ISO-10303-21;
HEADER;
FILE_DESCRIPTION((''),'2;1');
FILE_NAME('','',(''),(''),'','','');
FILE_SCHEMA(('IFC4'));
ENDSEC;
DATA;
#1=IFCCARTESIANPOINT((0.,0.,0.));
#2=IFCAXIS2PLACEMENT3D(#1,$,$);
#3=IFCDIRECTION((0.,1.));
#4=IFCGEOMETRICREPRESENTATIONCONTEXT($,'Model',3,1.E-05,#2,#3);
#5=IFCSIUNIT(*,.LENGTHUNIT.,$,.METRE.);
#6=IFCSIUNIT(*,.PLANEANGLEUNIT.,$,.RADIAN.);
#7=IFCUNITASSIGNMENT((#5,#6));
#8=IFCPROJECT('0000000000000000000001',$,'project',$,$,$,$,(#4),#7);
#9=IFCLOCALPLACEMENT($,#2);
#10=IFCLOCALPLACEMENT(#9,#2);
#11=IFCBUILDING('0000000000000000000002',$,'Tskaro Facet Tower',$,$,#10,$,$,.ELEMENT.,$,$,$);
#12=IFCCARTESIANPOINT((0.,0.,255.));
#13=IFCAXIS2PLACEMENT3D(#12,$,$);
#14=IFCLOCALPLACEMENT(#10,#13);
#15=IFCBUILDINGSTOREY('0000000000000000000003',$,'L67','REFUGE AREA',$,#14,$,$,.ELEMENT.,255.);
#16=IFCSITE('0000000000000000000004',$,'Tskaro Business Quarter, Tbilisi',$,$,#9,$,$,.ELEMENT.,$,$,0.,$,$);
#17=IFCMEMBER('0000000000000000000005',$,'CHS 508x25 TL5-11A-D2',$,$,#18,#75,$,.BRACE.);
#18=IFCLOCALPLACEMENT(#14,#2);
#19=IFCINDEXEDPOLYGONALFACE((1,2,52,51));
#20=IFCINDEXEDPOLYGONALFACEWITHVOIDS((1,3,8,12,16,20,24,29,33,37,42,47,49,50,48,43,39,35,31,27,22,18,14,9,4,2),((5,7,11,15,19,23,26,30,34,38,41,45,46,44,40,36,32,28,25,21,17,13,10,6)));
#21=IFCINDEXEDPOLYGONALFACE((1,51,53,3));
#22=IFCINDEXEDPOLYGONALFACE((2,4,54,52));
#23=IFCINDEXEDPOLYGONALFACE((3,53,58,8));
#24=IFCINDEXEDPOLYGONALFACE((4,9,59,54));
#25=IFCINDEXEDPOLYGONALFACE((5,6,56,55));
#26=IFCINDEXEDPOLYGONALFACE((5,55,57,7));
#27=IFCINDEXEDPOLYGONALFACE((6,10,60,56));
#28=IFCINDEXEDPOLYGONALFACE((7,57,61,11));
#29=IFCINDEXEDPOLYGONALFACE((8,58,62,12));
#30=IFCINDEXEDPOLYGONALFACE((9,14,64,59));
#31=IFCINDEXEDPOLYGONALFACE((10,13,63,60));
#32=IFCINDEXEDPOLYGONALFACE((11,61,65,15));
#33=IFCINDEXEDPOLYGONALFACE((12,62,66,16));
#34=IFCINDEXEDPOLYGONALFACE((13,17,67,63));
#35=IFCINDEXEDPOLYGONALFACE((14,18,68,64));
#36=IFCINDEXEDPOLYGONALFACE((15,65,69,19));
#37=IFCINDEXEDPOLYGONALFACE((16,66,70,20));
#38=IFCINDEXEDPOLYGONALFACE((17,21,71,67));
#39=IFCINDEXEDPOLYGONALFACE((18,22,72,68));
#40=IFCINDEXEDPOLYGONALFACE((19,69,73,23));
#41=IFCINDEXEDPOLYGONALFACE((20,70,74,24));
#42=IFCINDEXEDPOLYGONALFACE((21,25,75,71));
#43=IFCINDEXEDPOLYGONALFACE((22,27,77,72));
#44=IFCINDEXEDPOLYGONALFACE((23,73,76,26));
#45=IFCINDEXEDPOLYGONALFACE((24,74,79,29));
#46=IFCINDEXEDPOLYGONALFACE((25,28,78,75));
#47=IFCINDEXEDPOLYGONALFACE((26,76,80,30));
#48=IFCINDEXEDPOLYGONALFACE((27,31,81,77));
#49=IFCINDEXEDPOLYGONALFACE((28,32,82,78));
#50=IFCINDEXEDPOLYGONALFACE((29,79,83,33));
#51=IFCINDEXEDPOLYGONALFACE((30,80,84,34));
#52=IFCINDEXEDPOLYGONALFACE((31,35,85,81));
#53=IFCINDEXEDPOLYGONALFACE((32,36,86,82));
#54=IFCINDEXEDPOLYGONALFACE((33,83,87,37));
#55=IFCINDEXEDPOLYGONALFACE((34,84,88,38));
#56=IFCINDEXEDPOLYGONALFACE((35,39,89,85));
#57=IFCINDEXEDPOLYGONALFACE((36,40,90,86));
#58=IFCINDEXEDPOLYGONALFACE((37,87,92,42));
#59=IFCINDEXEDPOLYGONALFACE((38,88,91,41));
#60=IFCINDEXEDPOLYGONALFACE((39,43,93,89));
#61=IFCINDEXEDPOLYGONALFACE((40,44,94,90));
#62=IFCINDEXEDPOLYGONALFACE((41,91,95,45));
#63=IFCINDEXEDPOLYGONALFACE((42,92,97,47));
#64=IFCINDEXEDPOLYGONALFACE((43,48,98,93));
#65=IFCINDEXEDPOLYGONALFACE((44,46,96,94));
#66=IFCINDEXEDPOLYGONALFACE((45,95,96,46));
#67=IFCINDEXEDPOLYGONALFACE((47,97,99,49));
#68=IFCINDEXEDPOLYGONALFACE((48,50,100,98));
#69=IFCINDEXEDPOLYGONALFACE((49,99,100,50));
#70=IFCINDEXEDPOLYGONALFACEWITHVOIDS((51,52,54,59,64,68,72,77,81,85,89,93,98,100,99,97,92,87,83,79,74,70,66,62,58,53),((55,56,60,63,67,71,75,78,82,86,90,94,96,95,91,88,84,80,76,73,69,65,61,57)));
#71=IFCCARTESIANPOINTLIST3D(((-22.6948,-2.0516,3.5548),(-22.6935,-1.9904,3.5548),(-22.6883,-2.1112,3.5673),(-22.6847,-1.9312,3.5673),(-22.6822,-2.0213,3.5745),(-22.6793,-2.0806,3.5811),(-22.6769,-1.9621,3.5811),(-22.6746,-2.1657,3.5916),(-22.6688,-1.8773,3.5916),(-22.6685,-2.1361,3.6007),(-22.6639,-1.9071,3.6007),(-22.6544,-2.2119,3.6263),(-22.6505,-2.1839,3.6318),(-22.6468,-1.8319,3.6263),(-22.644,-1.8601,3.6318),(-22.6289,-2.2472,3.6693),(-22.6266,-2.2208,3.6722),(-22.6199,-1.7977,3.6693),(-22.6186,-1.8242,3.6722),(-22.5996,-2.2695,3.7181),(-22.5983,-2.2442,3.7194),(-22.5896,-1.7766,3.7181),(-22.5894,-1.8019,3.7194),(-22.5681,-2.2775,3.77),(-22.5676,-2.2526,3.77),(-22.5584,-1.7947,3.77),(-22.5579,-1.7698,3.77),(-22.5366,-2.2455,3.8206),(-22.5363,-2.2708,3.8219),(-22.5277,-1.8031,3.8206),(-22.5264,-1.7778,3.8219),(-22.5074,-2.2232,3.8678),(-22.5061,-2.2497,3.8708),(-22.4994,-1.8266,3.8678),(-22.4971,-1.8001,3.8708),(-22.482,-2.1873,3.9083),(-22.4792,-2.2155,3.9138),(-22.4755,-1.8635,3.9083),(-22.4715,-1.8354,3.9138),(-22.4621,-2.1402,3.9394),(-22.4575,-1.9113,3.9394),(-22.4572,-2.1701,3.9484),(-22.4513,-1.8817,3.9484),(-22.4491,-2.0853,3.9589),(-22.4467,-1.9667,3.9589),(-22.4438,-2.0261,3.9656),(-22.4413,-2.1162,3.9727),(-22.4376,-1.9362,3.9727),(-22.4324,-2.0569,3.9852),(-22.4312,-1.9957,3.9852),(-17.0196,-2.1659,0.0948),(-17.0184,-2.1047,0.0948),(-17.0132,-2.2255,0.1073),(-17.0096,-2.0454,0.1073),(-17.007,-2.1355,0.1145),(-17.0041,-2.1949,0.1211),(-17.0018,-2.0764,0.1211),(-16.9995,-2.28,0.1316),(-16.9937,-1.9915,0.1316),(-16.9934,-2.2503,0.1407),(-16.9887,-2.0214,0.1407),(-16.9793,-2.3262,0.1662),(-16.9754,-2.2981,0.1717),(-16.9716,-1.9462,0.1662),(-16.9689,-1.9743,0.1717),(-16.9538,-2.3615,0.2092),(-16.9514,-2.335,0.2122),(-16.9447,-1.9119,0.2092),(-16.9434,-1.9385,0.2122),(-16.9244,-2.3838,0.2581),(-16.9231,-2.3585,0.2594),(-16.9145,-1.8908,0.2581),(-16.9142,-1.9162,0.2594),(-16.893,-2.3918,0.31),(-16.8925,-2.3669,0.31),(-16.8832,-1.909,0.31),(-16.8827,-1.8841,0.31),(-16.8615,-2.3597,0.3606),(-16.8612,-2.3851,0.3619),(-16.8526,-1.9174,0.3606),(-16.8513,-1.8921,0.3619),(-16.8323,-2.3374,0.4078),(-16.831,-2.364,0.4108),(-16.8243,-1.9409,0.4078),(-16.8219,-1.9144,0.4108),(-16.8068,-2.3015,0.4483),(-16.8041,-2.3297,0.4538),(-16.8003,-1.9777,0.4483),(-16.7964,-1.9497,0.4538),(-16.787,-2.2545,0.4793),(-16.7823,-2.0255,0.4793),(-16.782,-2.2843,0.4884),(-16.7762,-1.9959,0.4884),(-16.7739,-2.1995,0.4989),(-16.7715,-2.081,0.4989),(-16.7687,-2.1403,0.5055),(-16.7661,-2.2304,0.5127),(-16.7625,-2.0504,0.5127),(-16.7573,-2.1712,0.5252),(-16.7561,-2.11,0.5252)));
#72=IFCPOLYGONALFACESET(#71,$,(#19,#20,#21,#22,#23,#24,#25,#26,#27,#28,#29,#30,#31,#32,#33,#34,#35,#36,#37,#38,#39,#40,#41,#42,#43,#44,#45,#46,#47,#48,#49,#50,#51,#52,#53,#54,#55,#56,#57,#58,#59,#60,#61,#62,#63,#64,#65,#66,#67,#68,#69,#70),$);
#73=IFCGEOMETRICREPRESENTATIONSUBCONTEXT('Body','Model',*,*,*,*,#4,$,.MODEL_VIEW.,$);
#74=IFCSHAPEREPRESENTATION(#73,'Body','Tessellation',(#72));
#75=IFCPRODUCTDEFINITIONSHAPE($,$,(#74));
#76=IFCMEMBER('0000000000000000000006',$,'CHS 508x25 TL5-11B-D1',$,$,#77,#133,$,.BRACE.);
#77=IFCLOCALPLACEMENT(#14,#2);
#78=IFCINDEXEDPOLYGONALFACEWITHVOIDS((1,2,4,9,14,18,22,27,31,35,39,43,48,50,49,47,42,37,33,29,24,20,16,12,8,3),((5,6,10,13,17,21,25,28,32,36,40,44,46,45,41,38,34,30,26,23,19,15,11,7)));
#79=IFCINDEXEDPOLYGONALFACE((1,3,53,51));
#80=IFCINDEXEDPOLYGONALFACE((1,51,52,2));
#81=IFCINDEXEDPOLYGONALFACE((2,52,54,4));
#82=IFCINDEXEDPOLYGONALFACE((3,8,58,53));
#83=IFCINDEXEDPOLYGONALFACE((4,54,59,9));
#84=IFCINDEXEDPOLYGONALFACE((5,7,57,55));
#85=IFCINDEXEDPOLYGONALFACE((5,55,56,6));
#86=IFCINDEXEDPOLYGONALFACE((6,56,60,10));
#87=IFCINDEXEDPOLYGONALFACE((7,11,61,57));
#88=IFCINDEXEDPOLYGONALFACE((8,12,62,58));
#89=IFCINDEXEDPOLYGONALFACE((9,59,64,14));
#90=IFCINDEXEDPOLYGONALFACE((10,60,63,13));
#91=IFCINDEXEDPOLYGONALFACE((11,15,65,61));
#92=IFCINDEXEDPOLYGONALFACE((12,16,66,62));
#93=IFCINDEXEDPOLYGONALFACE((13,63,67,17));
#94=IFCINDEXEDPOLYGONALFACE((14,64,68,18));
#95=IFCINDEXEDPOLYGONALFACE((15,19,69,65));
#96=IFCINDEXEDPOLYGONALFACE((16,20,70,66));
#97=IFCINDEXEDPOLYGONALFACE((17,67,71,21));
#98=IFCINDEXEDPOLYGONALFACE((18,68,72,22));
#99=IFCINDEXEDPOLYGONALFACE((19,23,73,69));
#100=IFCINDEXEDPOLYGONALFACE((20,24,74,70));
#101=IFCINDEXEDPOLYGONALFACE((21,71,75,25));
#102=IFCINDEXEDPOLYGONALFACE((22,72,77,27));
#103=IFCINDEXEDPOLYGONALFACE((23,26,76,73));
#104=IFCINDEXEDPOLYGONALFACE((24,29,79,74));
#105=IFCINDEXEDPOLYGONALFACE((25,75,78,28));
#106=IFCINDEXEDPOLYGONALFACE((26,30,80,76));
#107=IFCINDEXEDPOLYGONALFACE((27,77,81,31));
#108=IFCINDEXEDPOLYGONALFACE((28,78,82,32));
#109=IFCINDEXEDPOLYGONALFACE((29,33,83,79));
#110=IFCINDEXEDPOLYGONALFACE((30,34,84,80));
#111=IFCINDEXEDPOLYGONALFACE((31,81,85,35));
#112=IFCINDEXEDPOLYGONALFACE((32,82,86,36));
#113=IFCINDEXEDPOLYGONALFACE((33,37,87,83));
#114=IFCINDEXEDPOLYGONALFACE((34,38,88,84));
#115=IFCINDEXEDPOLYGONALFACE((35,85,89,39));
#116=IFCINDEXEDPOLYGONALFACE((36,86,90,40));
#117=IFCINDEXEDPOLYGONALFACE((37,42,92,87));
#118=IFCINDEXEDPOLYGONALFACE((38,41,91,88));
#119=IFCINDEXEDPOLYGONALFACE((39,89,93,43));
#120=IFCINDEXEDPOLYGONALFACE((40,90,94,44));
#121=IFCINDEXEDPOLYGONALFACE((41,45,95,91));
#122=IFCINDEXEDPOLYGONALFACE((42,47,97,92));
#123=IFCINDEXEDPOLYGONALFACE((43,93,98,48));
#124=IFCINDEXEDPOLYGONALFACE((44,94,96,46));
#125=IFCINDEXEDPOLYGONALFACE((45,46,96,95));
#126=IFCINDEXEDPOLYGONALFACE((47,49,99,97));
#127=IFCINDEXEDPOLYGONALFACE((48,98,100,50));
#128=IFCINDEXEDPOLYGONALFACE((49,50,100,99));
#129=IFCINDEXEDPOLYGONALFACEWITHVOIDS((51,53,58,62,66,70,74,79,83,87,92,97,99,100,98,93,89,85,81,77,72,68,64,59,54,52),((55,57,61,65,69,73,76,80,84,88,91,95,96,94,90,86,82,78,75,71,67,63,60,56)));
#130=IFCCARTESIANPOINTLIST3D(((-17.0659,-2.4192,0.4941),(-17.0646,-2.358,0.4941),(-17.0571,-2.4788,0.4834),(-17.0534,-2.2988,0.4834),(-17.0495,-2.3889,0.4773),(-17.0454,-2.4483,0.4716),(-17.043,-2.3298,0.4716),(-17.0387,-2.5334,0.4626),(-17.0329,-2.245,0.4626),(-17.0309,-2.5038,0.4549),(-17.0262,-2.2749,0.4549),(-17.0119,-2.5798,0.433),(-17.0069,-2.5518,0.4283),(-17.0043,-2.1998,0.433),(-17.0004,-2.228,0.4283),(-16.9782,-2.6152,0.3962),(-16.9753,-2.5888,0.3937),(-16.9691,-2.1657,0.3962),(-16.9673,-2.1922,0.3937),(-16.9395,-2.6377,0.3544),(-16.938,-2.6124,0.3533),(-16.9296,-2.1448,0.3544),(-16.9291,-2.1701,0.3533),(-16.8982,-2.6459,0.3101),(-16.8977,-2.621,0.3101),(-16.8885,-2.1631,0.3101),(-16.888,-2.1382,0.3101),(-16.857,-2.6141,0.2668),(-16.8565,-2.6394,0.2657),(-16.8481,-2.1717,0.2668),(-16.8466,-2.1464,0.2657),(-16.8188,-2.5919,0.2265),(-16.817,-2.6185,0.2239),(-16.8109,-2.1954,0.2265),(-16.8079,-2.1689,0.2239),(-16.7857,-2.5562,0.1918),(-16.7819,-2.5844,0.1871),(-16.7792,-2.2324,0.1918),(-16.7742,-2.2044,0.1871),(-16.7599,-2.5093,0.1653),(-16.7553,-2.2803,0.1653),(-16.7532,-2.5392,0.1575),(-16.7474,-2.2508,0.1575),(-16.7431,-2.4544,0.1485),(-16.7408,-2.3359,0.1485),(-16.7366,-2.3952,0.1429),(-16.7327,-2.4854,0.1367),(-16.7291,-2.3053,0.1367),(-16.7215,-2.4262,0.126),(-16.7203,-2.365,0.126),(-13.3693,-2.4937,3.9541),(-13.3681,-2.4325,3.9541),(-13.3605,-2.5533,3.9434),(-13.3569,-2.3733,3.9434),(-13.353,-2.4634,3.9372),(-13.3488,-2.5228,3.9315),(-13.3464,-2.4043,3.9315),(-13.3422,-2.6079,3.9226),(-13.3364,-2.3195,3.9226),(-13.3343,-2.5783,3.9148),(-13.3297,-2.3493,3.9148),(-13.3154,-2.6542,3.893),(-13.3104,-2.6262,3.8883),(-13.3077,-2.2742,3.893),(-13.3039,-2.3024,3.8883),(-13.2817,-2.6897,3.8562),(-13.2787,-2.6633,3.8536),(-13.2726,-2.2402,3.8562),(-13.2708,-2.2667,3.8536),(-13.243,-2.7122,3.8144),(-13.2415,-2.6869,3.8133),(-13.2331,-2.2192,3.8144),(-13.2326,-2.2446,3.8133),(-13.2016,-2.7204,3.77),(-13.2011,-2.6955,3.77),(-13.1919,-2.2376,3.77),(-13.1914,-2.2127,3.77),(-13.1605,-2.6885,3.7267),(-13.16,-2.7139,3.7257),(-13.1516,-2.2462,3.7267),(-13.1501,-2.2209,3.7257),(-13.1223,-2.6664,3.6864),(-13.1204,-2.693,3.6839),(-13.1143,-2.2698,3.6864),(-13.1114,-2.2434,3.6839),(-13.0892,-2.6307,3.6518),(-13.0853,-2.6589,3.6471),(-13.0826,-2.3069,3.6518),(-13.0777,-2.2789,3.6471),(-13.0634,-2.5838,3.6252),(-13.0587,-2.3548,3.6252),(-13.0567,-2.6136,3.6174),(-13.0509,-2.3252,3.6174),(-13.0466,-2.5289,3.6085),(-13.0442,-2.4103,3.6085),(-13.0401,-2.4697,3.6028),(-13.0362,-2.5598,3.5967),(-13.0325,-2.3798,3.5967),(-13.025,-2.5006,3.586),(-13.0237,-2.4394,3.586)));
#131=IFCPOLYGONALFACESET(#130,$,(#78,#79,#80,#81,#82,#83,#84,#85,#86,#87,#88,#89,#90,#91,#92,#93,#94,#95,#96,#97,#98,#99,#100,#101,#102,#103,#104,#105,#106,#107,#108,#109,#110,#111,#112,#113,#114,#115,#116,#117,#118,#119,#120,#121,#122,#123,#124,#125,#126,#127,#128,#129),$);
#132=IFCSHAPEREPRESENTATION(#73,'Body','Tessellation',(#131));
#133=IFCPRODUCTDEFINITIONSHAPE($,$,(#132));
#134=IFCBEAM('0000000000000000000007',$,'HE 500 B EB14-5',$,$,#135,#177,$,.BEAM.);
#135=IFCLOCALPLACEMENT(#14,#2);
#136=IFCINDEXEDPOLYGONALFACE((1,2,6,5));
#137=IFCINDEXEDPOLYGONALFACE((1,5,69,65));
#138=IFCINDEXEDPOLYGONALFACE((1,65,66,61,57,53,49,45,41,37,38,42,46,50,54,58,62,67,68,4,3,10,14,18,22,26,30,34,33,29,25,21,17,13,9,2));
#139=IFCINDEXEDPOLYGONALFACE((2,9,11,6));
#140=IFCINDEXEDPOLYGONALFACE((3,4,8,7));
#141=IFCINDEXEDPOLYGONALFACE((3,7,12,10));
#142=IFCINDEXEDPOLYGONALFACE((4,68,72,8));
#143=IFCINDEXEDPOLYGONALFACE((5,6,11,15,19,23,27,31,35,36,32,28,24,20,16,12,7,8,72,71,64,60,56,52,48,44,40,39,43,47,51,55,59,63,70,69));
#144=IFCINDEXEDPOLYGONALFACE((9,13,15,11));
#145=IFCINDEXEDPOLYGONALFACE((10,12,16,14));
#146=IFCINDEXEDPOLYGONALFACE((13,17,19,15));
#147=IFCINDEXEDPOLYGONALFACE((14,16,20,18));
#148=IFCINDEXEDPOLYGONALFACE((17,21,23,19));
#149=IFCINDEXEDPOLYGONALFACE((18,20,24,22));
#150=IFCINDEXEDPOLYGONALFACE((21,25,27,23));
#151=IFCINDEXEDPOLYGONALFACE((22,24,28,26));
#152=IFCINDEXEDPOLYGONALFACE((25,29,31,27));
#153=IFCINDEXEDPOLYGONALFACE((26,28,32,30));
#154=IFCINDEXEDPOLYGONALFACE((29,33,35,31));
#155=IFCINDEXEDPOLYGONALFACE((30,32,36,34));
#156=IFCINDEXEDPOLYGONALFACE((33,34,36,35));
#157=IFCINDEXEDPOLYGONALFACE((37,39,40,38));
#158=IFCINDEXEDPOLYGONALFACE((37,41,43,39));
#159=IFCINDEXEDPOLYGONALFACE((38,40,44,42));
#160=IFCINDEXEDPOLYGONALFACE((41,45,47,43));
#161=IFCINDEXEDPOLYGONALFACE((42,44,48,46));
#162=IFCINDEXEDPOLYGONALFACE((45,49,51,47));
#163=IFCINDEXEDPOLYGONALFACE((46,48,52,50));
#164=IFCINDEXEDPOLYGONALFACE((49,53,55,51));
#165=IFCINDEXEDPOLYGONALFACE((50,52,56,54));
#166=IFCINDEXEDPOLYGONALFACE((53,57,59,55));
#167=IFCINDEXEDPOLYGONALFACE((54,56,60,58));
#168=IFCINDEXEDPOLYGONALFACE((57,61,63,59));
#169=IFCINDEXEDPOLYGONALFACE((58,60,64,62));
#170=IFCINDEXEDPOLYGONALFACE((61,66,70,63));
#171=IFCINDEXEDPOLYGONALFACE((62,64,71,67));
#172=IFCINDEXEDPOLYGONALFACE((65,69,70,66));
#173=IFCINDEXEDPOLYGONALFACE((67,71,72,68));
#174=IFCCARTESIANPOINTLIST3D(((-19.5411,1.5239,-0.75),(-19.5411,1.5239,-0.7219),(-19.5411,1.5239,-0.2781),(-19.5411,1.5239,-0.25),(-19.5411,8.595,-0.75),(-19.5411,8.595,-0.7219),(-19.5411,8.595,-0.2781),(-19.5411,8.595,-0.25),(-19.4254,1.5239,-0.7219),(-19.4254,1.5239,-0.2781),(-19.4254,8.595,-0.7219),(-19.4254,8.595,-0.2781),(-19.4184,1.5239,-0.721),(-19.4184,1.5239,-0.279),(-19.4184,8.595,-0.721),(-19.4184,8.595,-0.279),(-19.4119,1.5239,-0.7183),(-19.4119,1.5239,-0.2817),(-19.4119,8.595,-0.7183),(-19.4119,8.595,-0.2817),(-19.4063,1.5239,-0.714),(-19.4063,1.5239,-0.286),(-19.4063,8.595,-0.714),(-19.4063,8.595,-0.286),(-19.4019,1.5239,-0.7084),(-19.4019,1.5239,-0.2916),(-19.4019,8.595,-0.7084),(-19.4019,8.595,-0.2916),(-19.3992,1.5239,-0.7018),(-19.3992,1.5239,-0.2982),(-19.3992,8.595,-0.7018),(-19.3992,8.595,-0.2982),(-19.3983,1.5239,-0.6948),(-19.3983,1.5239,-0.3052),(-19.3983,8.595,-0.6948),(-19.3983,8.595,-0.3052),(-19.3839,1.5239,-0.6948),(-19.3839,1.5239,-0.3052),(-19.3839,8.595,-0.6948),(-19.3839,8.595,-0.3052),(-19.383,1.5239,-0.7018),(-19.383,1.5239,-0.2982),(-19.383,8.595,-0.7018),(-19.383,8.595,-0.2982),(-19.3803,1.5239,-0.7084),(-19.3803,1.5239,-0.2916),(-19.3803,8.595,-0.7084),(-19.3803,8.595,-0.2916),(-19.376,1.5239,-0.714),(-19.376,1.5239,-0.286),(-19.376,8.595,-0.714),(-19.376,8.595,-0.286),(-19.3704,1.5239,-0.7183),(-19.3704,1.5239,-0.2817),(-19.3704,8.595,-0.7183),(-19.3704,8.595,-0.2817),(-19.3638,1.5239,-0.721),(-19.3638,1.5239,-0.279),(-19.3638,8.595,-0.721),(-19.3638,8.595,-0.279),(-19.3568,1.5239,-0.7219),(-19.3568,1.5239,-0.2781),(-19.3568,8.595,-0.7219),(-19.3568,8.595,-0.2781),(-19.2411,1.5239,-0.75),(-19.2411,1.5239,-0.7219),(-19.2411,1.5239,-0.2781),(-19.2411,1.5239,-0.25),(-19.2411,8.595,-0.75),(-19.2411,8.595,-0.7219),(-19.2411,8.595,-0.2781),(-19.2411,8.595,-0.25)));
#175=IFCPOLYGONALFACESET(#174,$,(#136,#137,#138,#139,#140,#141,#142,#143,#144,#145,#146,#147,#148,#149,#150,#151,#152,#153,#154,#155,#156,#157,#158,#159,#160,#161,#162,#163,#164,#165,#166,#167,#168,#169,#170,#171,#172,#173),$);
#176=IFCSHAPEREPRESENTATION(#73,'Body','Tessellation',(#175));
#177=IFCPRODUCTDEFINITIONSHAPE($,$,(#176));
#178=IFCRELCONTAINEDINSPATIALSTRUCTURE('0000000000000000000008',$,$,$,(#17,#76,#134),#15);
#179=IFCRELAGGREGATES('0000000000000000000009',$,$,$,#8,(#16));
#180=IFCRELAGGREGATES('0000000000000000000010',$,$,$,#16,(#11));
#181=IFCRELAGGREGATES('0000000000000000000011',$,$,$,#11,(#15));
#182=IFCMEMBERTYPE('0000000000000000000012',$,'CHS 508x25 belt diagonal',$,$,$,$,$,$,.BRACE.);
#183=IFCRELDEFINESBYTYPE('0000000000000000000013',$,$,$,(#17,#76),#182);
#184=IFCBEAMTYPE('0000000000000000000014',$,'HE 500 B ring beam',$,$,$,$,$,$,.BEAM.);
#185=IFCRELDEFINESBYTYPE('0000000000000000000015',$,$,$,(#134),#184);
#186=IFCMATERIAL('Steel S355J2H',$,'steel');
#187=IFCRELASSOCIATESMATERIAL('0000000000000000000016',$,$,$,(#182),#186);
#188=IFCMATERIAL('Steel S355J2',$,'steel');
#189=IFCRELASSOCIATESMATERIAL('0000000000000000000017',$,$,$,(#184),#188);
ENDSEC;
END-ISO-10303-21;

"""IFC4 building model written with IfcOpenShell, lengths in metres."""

from ifc_helpers import new_model, si_unit, direction, frame, origin, origin_2d, place, context, subcontext, project, spatial, hollow_circle, i_section, extrude, material, material_profile, profile_set, type_object, element, save


model = new_model("IFC4")

# Units and contexts
model_context = context("Model", 3, precision=1e-05, world=origin(), true_north=direction((0.0, 1.0)))
body_context = subcontext(model_context, "Body", "Model", "MODEL_VIEW")
ifc_project = project(units=[si_unit("LENGTHUNIT", "METRE"), si_unit("PLANEANGLEUNIT", "RADIAN")], contexts=[model_context])

# Site, building, storey
site_placement = place(None, origin())
site = spatial("IfcSite", under=ifc_project, at=site_placement, Name="Tskaro Business Quarter, Tbilisi", CompositionType="ELEMENT", RefElevation=0.0)
building_placement = place(site_placement, origin())
building = spatial("IfcBuilding", under=site, at=building_placement, Name="Tskaro Facet Tower", CompositionType="ELEMENT")
storey_placement = place(building_placement, frame((0.0, 0.0, 255.0)))
storey = spatial("IfcBuildingStorey", under=building, at=storey_placement, Name="L67", Description="REFUGE AREA", CompositionType="ELEMENT", Elevation=255.0)

# Shared definitions
ifc_material_1 = material(Name="Steel S355J2", Category="steel")
ifc_material_2 = material(Name="Steel S355J2H", Category="steel")

# Members
ifc_material_profile_1 = material_profile(ifc_material_2, hollow_circle(Radius=0.2539, WallThickness=0.0249, at=origin_2d()), Name="CHS 508x25")
ifc_profile_set_1 = profile_set([ifc_material_profile_1], Name="Steel S355J2H")
member_type_1 = type_object("IfcMemberType", Name="CHS 508x25 belt diagonal", PredefinedType="BRACE", material=ifc_profile_set_1)
member_1_placement = place(storey_placement, frame((-22.563, -2.0237, 3.77), z_axis=(0.853699, -0.017188, -0.520483), x_axis=(0.020129, 0.999797, 0.0)))
element("IfcMember", 1, at=member_1_placement, inside=storey, type_object=member_type_1, Name="CHS 508x25 TL5-11A-D2", PredefinedType="BRACE", context=body_context, shape_type="SweptSolid", body=[
    extrude(hollow_circle(Radius=0.2539, WallThickness=0.0249, at=origin_2d()), origin(), (0.0, 0.0, 1.0), 6.6477),
])
member_2_placement = place(storey_placement, frame((-16.8931, -2.3921, 0.3101), z_axis=(0.730004, -0.014705, 0.683285), x_axis=(0.02014, 0.999797, 0.0)))
element("IfcMember", 2, at=member_2_placement, inside=storey, type_object=member_type_1, Name="CHS 508x25 TL5-11B-D1", PredefinedType="BRACE", context=body_context, shape_type="SweptSolid", body=[
    extrude(hollow_circle(Radius=0.2539, WallThickness=0.0249, at=origin_2d()), origin(), (0.0, 0.0, 1.0), 5.0637),
])

# Beam
ifc_material_profile_2 = material_profile(ifc_material_1, i_section(OverallWidth=0.3, OverallDepth=0.5, WebThickness=0.0144, FlangeThickness=0.0281, FilletRadius=0.0271, at=origin_2d()), Name="HE 500 B")
ifc_profile_set_2 = profile_set([ifc_material_profile_2], Name="Steel S355J2")
beam_type_1 = type_object("IfcBeamType", Name="HE 500 B ring beam", PredefinedType="BEAM", material=ifc_profile_set_2)
beam_1_placement = place(storey_placement, frame((-19.3911, 8.595, -0.5), z_axis=(0.0, -1.0, 0.0), x_axis=(1.0, 0.0, 0.0)))
element("IfcBeam", 3, at=beam_1_placement, inside=storey, type_object=beam_type_1, Name="HE 500 B EB14-5", PredefinedType="BEAM", context=body_context, shape_type="SweptSolid", body=[
    extrude(i_section(OverallWidth=0.3, OverallDepth=0.5, WebThickness=0.0144, FlangeThickness=0.0281, FilletRadius=0.0271, at=origin_2d()), origin(), (0.0, 0.0, 1.0), 7.071),
])

save(model, "model.ifc")
